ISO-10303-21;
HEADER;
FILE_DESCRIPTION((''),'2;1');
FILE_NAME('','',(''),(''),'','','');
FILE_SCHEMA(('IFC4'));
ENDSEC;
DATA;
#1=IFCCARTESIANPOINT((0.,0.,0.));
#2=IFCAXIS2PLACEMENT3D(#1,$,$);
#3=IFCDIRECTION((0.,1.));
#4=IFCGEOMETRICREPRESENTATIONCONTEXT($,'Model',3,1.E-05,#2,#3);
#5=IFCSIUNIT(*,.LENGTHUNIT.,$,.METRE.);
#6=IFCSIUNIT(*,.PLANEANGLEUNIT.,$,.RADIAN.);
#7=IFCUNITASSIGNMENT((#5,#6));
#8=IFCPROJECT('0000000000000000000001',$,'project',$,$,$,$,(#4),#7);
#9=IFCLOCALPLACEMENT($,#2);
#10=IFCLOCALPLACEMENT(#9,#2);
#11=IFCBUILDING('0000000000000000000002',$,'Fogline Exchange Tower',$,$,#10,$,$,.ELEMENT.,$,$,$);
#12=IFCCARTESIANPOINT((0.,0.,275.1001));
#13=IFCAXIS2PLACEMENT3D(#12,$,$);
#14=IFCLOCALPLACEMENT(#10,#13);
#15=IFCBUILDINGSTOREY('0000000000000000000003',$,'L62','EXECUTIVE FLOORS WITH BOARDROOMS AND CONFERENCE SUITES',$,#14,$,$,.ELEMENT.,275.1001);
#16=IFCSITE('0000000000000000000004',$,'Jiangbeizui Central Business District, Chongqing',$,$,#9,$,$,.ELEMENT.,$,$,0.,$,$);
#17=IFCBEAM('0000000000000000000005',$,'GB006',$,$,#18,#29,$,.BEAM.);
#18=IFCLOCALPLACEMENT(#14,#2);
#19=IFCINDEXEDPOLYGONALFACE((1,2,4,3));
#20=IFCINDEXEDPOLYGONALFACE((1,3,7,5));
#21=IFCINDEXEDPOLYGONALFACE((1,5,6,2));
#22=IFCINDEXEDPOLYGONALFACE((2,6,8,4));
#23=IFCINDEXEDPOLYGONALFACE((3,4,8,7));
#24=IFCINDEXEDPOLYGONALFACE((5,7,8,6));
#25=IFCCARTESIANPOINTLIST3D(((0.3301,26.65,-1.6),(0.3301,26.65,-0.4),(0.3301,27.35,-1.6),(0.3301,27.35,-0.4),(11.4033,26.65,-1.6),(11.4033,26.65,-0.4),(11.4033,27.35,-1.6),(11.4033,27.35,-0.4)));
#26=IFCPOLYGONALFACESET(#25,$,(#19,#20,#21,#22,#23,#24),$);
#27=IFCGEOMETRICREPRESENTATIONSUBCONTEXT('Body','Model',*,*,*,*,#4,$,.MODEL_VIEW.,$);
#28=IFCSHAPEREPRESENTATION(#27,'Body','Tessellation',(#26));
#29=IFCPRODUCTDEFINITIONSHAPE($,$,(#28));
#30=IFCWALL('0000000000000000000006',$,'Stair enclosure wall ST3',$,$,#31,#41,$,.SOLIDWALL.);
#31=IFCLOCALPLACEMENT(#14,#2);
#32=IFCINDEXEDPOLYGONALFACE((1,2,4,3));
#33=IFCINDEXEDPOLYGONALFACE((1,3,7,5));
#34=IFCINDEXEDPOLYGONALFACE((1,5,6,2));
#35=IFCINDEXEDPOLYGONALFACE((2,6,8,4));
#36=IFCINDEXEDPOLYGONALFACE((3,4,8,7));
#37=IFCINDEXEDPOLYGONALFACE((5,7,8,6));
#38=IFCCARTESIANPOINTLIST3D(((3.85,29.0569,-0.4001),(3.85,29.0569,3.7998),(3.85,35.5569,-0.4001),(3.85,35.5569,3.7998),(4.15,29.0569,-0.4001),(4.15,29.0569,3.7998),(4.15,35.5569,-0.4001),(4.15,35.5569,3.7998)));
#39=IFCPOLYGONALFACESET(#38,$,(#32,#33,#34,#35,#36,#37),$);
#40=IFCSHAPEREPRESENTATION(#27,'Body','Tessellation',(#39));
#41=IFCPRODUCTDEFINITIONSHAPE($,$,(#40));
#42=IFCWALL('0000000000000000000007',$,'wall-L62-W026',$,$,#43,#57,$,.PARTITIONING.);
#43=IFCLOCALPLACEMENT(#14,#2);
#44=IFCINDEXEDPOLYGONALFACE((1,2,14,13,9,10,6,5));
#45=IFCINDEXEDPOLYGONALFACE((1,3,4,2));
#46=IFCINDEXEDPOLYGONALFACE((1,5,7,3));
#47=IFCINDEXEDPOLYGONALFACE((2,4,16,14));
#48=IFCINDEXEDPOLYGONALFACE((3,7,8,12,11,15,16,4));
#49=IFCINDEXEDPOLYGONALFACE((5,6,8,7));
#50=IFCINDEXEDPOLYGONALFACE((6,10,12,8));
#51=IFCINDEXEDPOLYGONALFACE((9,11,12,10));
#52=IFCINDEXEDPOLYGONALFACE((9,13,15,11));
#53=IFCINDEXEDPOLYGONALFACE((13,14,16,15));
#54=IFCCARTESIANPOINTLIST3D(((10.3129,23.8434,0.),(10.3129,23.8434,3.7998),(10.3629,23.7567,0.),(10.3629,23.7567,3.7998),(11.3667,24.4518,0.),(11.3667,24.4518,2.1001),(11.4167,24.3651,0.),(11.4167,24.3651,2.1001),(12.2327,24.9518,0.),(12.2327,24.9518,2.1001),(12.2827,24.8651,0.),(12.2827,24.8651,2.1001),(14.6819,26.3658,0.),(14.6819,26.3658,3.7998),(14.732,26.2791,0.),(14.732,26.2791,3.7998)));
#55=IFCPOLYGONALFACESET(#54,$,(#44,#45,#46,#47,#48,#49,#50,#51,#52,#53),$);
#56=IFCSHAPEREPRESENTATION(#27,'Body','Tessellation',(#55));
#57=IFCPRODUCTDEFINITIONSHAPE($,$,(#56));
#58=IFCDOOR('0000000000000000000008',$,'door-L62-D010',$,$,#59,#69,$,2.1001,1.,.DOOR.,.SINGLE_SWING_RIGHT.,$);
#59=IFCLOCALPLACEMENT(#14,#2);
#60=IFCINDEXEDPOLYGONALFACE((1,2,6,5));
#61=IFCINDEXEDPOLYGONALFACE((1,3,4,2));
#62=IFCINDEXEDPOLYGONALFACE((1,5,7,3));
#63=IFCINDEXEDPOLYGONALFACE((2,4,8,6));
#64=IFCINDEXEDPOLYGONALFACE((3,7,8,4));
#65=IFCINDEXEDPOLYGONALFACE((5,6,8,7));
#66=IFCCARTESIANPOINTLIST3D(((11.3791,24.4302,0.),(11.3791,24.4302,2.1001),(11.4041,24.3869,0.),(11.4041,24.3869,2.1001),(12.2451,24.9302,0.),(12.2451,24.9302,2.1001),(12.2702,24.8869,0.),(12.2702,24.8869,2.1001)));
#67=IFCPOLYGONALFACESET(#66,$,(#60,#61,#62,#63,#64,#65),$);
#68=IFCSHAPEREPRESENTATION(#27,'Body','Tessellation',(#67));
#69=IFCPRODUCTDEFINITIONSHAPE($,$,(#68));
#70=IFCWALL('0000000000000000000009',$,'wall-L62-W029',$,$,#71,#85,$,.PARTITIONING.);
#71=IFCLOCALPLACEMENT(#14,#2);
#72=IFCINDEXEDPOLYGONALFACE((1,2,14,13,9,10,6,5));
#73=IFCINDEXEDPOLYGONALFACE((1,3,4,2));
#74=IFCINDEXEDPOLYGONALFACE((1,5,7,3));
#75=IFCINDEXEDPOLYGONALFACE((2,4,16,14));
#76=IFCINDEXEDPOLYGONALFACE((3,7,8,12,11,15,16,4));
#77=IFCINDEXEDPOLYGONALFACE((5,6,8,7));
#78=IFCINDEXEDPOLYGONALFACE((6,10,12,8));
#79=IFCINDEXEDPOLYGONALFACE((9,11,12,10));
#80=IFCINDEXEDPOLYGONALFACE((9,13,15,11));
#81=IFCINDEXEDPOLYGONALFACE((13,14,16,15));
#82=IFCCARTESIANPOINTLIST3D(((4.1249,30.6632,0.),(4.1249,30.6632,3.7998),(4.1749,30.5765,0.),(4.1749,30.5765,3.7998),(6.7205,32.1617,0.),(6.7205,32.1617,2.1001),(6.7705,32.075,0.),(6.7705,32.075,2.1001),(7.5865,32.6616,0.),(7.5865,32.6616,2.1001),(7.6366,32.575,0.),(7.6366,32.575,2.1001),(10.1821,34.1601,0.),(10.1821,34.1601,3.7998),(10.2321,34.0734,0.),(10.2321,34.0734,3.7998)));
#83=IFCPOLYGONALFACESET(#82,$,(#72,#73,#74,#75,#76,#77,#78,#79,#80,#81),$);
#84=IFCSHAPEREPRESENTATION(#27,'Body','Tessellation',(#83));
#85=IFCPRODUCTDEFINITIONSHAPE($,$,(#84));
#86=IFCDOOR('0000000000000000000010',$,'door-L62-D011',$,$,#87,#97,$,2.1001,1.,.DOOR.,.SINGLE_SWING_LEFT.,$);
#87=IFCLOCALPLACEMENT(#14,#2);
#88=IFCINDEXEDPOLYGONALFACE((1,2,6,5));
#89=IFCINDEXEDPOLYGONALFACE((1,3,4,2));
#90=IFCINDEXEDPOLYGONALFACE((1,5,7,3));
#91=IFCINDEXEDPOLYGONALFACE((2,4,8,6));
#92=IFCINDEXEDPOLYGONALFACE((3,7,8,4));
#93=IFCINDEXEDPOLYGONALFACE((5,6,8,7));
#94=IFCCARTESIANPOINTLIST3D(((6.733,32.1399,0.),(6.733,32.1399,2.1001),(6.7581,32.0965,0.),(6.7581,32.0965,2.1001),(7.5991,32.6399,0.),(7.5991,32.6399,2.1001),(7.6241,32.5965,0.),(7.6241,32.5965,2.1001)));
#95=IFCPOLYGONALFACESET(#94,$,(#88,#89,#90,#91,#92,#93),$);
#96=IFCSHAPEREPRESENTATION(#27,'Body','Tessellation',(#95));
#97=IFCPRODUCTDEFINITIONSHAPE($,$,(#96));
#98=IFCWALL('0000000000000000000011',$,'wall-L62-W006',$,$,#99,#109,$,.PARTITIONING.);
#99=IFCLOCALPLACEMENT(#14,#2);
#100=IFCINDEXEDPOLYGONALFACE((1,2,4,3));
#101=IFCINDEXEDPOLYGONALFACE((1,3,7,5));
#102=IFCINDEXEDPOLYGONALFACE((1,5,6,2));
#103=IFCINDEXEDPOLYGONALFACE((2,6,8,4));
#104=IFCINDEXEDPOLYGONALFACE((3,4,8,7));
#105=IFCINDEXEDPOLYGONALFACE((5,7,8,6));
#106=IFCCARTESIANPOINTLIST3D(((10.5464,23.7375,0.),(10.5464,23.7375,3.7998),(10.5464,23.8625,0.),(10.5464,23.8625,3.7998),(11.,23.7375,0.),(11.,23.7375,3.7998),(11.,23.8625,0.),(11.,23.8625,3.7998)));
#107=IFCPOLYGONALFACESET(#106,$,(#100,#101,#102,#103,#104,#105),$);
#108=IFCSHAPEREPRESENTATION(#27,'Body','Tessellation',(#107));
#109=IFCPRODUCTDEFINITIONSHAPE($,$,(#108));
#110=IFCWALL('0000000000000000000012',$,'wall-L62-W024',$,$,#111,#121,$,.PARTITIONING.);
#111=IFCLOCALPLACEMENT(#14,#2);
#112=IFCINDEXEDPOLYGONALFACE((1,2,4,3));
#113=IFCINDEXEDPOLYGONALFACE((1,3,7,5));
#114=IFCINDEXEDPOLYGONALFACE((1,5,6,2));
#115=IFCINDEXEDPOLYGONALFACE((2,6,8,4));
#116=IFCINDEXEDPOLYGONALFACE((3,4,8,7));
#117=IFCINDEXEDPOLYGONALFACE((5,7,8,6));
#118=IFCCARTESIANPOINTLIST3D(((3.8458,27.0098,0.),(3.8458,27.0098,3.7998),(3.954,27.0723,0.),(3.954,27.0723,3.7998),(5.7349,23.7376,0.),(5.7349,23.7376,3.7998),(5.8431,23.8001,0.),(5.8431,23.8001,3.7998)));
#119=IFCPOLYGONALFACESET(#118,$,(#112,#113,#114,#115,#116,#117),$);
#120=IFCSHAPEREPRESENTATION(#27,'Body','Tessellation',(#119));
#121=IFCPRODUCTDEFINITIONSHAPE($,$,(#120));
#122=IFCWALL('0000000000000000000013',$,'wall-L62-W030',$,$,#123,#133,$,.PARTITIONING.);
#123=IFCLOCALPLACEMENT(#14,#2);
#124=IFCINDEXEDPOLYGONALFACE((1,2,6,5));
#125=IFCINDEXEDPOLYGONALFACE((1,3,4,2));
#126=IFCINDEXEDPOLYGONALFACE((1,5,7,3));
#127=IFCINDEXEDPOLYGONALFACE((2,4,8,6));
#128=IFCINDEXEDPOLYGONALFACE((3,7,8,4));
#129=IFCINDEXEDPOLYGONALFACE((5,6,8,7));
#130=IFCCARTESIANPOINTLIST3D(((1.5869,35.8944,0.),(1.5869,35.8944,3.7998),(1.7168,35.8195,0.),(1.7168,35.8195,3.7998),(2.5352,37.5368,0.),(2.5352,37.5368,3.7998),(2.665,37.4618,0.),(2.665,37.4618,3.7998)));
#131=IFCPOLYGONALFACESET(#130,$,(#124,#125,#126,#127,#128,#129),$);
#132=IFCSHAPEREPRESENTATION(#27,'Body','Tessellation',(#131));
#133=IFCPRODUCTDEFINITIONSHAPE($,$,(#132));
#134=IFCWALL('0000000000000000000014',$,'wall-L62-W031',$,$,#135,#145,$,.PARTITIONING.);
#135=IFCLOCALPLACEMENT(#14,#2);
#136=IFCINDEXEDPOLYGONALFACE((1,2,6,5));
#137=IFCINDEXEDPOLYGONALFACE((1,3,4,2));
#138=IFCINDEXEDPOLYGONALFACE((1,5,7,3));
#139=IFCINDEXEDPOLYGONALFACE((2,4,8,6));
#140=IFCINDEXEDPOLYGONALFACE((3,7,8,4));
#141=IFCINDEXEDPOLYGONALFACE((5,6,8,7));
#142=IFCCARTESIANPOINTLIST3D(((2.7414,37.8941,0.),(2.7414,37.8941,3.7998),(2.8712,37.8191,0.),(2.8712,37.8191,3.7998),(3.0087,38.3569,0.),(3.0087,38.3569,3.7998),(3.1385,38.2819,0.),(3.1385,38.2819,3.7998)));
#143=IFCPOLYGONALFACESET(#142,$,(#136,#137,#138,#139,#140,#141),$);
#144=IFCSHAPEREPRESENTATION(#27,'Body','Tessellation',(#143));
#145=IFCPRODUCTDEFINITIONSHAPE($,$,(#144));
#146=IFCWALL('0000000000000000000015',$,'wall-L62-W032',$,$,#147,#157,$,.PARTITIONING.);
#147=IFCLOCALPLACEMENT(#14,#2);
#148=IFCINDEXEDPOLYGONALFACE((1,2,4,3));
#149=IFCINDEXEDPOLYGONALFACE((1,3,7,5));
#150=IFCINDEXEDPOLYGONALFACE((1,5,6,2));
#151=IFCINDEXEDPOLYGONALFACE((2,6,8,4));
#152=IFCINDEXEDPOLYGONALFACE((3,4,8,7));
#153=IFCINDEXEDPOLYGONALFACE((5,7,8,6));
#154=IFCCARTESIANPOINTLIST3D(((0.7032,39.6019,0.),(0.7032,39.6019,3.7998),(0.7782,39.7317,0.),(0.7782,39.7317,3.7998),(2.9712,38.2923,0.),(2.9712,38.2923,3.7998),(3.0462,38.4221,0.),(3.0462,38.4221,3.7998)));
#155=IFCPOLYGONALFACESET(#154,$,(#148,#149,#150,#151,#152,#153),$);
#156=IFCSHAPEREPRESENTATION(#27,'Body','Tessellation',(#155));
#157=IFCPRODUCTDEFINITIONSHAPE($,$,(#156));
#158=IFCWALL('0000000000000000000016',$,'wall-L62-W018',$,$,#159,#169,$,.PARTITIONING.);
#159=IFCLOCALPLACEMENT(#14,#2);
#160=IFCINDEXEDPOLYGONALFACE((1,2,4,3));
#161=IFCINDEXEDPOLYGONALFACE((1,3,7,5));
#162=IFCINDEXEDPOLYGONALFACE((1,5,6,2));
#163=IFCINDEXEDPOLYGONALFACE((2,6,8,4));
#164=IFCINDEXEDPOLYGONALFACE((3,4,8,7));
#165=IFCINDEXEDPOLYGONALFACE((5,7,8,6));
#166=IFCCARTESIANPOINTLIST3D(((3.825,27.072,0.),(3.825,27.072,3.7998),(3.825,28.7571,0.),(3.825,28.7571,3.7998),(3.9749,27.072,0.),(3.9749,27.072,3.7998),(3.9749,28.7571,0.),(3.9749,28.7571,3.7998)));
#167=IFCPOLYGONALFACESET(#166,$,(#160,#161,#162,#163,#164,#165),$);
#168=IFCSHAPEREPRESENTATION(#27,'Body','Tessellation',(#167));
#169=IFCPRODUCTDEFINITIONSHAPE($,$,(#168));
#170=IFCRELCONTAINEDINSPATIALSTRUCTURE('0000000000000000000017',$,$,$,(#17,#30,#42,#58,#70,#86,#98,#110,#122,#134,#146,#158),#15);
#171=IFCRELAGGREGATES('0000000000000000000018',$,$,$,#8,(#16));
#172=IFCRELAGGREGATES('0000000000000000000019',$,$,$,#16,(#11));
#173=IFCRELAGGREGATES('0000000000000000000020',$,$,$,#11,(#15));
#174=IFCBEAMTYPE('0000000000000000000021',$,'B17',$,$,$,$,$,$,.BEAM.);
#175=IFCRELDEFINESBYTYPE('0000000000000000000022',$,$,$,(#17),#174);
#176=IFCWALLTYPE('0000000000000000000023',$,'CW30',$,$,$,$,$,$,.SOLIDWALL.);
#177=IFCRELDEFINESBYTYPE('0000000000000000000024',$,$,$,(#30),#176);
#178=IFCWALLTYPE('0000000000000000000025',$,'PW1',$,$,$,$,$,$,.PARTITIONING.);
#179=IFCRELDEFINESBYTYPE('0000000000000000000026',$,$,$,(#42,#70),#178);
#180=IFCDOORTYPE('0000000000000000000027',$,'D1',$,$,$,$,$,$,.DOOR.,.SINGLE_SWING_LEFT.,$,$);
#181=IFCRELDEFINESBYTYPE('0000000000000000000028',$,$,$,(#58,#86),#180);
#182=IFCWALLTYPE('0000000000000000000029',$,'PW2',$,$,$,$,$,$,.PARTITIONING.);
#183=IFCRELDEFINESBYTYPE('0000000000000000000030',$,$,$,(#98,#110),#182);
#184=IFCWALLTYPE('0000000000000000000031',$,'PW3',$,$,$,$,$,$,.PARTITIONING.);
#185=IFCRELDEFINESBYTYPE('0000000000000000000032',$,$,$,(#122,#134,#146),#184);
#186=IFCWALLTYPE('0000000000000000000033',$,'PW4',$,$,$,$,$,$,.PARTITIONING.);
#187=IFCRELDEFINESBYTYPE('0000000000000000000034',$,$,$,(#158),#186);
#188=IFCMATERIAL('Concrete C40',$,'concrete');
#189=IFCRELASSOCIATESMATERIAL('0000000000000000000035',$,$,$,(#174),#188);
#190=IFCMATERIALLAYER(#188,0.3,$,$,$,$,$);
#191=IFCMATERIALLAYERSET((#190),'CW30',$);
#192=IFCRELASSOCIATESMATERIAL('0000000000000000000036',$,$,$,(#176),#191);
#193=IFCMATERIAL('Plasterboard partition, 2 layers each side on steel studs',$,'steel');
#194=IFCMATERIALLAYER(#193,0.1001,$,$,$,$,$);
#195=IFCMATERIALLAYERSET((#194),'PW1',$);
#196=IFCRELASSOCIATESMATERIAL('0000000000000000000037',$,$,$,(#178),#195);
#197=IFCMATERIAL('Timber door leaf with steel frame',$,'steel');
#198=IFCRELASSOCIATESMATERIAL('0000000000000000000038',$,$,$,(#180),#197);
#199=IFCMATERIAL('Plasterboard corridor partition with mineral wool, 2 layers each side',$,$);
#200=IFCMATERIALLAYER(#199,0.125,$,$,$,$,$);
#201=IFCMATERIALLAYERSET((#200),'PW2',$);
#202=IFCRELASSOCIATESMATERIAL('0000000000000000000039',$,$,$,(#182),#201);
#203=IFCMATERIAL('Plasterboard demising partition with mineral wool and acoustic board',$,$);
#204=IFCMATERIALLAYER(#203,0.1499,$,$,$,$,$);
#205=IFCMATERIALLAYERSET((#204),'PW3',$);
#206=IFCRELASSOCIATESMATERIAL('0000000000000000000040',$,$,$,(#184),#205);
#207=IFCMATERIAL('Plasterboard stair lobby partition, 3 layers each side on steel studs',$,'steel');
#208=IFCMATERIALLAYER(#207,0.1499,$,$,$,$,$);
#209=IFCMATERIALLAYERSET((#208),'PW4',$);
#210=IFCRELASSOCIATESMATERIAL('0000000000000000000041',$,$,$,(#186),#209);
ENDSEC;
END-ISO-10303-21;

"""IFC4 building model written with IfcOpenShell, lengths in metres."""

from ifc_helpers import new_model, si_unit, direction, frame, frame_2d, origin, origin_2d, place, context, subcontext, project, spatial, rectangle, extrude, material, layer, layer_set, material_profile, profile_set, type_object, element, fill, save


model = new_model("IFC4")

# Units and contexts
model_context = context("Model", 3, precision=1e-05, world=origin(), true_north=direction((0.0, 1.0)))
body_context = subcontext(model_context, "Body", "Model", "MODEL_VIEW")
ifc_project = project(units=[si_unit("LENGTHUNIT", "METRE"), si_unit("PLANEANGLEUNIT", "RADIAN")], contexts=[model_context])

# Site, building, storey
site_placement = place(None, origin())
site = spatial("IfcSite", under=ifc_project, at=site_placement, Name="Jiangbeizui Central Business District, Chongqing", CompositionType="ELEMENT", RefElevation=0.0)
building_placement = place(site_placement, origin())
building = spatial("IfcBuilding", under=site, at=building_placement, Name="Fogline Exchange Tower", CompositionType="ELEMENT")
storey_placement = place(building_placement, frame((0.0, 0.0, 275.1001)))
storey = spatial("IfcBuildingStorey", under=building, at=storey_placement, Name="L62", Description="EXECUTIVE FLOORS WITH BOARDROOMS AND CONFERENCE SUITES", CompositionType="ELEMENT", Elevation=275.1001)

# Beam
ifc_material_1 = material(Name="Concrete C40", Category="concrete")
ifc_material_profile_1 = material_profile(ifc_material_1, rectangle(XDim=0.7, YDim=1.2, at=origin_2d()), Name="RC 700x1200")
ifc_profile_set_1 = profile_set([ifc_material_profile_1], Name="Concrete C40")
beam_type_1 = type_object("IfcBeamType", Name="B17", PredefinedType="BEAM", material=ifc_profile_set_1)
beam_1_placement = place(storey_placement, frame((0.3301, 27.0, -1.0), z_axis=(1.0, 0.0, 0.0), x_axis=(0.0, 1.0, 0.0)))
element("IfcBeam", 1, at=beam_1_placement, inside=storey, type_object=beam_type_1, Name="GB006", PredefinedType="BEAM", context=body_context, shape_type="SweptSolid", body=[
    extrude(rectangle(XDim=0.7, YDim=1.2, at=origin_2d()), origin(), (0.0, 0.0, 1.0), 11.0732),
])

# Wall
ifc_layer_1 = layer(ifc_material_1, 0.3)
ifc_layer_set_1 = layer_set([ifc_layer_1], Name="CW30")
wall_type_1 = type_object("IfcWallType", Name="CW30", PredefinedType="SOLIDWALL", material=ifc_layer_set_1)
wall_1_placement = place(storey_placement, frame((4.0, 29.0569, -0.4001), z_axis=(0.0, 0.0, 1.0), x_axis=(0.0, 1.0, 0.0)))
element("IfcWall", 2, at=wall_1_placement, inside=storey, type_object=wall_type_1, Name="Stair enclosure wall ST3", PredefinedType="SOLIDWALL", context=body_context, shape_type="SweptSolid", body=[
    extrude(rectangle(XDim=6.5, YDim=0.3, at=frame_2d((3.25, 0.0))), origin(), (0.0, 0.0, 1.0), 4.2),
])

# Walls, openings, doors
ifc_material_2 = material(Name="Plasterboard partition, 2 layers each side on steel studs", Category="steel")
ifc_layer_2 = layer(ifc_material_2, 0.1001)
ifc_layer_set_2 = layer_set([ifc_layer_2], Name="PW1")
wall_type_2 = type_object("IfcWallType", Name="PW1", PredefinedType="PARTITIONING", material=ifc_layer_set_2)
wall_2_placement = place(storey_placement, frame((10.3379, 23.8, 0.0), z_axis=(0.0, 0.0, 1.0), x_axis=(0.866031, 0.499991, 0.0)))
wall_2 = element("IfcWall", 3, at=wall_2_placement, inside=storey, type_object=wall_type_2, Name="wall-L62-W026", PredefinedType="PARTITIONING", context=body_context, shape_type="SweptSolid", body=[
    extrude(rectangle(XDim=5.0449, YDim=0.1001, at=frame_2d((2.5225, 0.0))), origin(), (0.0, 0.0, 1.0), 3.7998),
])
opening_1_placement = place(wall_2_placement, frame((1.2168, 0.0, 0.0)))
opening_1 = element("IfcOpeningElement", 4, at=opening_1_placement, cuts=wall_2, PredefinedType="OPENING", context=body_context, shape_type="SweptSolid", body=[
    extrude(rectangle(XDim=1.0, YDim=2.1001, at=frame_2d((0.5, 1.05))), frame((0.0, 0.0601, 0.0), z_axis=(0.0, -1.0, 0.0), x_axis=(1.0, 0.0, 0.0)), (0.0, 0.0, 1.0), 0.1201),
])
ifc_material_3 = material(Name="Timber door leaf with steel frame", Category="steel")
door_type_1 = type_object("IfcDoorType", Name="D1", OperationType="SINGLE_SWING_LEFT", PredefinedType="DOOR", material=ifc_material_3)
door_1_placement = place(opening_1_placement, frame((1.0, 0.0, 0.0), z_axis=(0.0, 0.0, 1.0), x_axis=(-1.0, 0.0, 0.0)))
door_1 = element("IfcDoor", 5, at=door_1_placement, inside=storey, type_object=door_type_1, Name="door-L62-D010", OperationType="SINGLE_SWING_RIGHT", OverallHeight=2.1001, OverallWidth=1.0, PredefinedType="DOOR", context=body_context, shape_type="SweptSolid", body=[
    extrude(rectangle(XDim=1.0, YDim=2.1001, at=frame_2d((0.5, 1.05))), frame((0.0, 0.0249, 0.0), z_axis=(0.0, -1.0, 0.0), x_axis=(1.0, 0.0, 0.0)), (0.0, 0.0, 1.0), 0.05),
])
fill(opening_1, door_1)
wall_3_placement = place(storey_placement, frame((4.1499, 30.6199, 0.0), z_axis=(0.0, 0.0, 1.0), x_axis=(0.866041, 0.499972, 0.0)))
wall_3 = element("IfcWall", 6, at=wall_3_placement, inside=storey, type_object=wall_type_2, Name="wall-L62-W029", PredefinedType="PARTITIONING", context=body_context, shape_type="SweptSolid", body=[
    extrude(rectangle(XDim=6.9941, YDim=0.1001, at=frame_2d((3.4971, 0.0))), origin(), (0.0, 0.0, 1.0), 3.7998),
])
opening_2_placement = place(wall_3_placement, frame((2.9971, 0.0, 0.0)))
opening_2 = element("IfcOpeningElement", 7, at=opening_2_placement, cuts=wall_3, PredefinedType="OPENING", context=body_context, shape_type="SweptSolid", body=[
    extrude(rectangle(XDim=1.0, YDim=2.1001, at=frame_2d((0.5, 1.05))), frame((0.0, 0.0601, 0.0), z_axis=(0.0, -1.0, 0.0), x_axis=(1.0, 0.0, 0.0)), (0.0, 0.0, 1.0), 0.1201),
])
door_2_placement = place(opening_2_placement, origin())
door_2 = element("IfcDoor", 8, at=door_2_placement, inside=storey, type_object=door_type_1, Name="door-L62-D011", OperationType="SINGLE_SWING_LEFT", OverallHeight=2.1001, OverallWidth=1.0, PredefinedType="DOOR", context=body_context, shape_type="SweptSolid", body=[
    extrude(rectangle(XDim=1.0, YDim=2.1001, at=frame_2d((0.5, 1.05))), frame((0.0, 0.0249, 0.0), z_axis=(0.0, -1.0, 0.0), x_axis=(1.0, 0.0, 0.0)), (0.0, 0.0, 1.0), 0.05),
])
fill(opening_2, door_2)

# Walls
ifc_material_4 = material(Name="Plasterboard corridor partition with mineral wool, 2 layers each side")
ifc_layer_3 = layer(ifc_material_4, 0.125)
ifc_layer_set_3 = layer_set([ifc_layer_3], Name="PW2")
wall_type_3 = type_object("IfcWallType", Name="PW2", PredefinedType="PARTITIONING", material=ifc_layer_set_3)
wall_4_placement = place(storey_placement, frame((10.5464, 23.8, 0.0), z_axis=(0.0, 0.0, 1.0), x_axis=(1.0, 0.0, 0.0)))
element("IfcWall", 9, at=wall_4_placement, inside=storey, type_object=wall_type_3, Name="wall-L62-W006", PredefinedType="PARTITIONING", context=body_context, shape_type="SweptSolid", body=[
    extrude(rectangle(XDim=0.4536, YDim=0.125, at=frame_2d((0.2268, 0.0))), origin(), (0.0, 0.0, 1.0), 3.7998),
])
wall_5_placement = place(storey_placement, frame((3.8999, 27.041, 0.0), z_axis=(0.0, 0.0, 1.0), x_axis=(0.499989, -0.866032, 0.0)))
element("IfcWall", 10, at=wall_5_placement, inside=storey, type_object=wall_type_3, Name="wall-L62-W024", PredefinedType="PARTITIONING", context=body_context, shape_type="SweptSolid", body=[
    extrude(rectangle(XDim=3.7783, YDim=0.125, at=frame_2d((1.8892, 0.0))), origin(), (0.0, 0.0, 1.0), 3.7998),
])
ifc_material_5 = material(Name="Plasterboard demising partition with mineral wool and acoustic board")
ifc_layer_4 = layer(ifc_material_5, 0.1499)
ifc_layer_set_4 = layer_set([ifc_layer_4], Name="PW3")
wall_type_4 = type_object("IfcWallType", Name="PW3", PredefinedType="PARTITIONING", material=ifc_layer_set_4)
wall_6_placement = place(storey_placement, frame((1.6519, 35.8569, 0.0), z_axis=(0.0, 0.0, 1.0), x_axis=(0.500016, 0.866016, 0.0)))
element("IfcWall", 11, at=wall_6_placement, inside=storey, type_object=wall_type_4, Name="wall-L62-W030", PredefinedType="PARTITIONING", context=body_context, shape_type="SweptSolid", body=[
    extrude(rectangle(XDim=1.8965, YDim=0.1499, at=frame_2d((0.9482, 0.0))), origin(), (0.0, 0.0, 1.0), 3.7998),
])
wall_7_placement = place(storey_placement, frame((2.8064, 37.8567, 0.0), z_axis=(0.0, 0.0, 1.0), x_axis=(0.500118, 0.865957, 0.0)))
element("IfcWall", 12, at=wall_7_placement, inside=storey, type_object=wall_type_4, Name="wall-L62-W031", PredefinedType="PARTITIONING", context=body_context, shape_type="SweptSolid", body=[
    extrude(rectangle(XDim=0.5344, YDim=0.1499, at=frame_2d((0.2671, 0.0))), origin(), (0.0, 0.0, 1.0), 3.7998),
])
wall_8_placement = place(storey_placement, frame((3.0088, 38.3572, 0.0), z_axis=(0.0, 0.0, 1.0), x_axis=(-0.866009, 0.500029, 0.0)))
element("IfcWall", 13, at=wall_8_placement, inside=storey, type_object=wall_type_4, Name="wall-L62-W032", PredefinedType="PARTITIONING", context=body_context, shape_type="SweptSolid", body=[
    extrude(rectangle(XDim=2.6189, YDim=0.1499, at=frame_2d((1.3096, 0.0))), origin(), (0.0, 0.0, 1.0), 3.7998),
])
ifc_material_6 = material(Name="Plasterboard stair lobby partition, 3 layers each side on steel studs", Category="steel")
ifc_layer_5 = layer(ifc_material_6, 0.1499)
ifc_layer_set_5 = layer_set([ifc_layer_5], Name="PW4")
wall_type_5 = type_object("IfcWallType", Name="PW4", PredefinedType="PARTITIONING", material=ifc_layer_set_5)
wall_9_placement = place(storey_placement, frame((3.8999, 28.7571, 0.0), z_axis=(0.0, 0.0, 1.0), x_axis=(0.0, -1.0, 0.0)))
element("IfcWall", 14, at=wall_9_placement, inside=storey, type_object=wall_type_5, Name="wall-L62-W018", PredefinedType="PARTITIONING", context=body_context, shape_type="SweptSolid", body=[
    extrude(rectangle(XDim=1.6851, YDim=0.1499, at=frame_2d((0.8425, 0.0))), origin(), (0.0, 0.0, 1.0), 3.7998),
])

save(model, "model.ifc")
